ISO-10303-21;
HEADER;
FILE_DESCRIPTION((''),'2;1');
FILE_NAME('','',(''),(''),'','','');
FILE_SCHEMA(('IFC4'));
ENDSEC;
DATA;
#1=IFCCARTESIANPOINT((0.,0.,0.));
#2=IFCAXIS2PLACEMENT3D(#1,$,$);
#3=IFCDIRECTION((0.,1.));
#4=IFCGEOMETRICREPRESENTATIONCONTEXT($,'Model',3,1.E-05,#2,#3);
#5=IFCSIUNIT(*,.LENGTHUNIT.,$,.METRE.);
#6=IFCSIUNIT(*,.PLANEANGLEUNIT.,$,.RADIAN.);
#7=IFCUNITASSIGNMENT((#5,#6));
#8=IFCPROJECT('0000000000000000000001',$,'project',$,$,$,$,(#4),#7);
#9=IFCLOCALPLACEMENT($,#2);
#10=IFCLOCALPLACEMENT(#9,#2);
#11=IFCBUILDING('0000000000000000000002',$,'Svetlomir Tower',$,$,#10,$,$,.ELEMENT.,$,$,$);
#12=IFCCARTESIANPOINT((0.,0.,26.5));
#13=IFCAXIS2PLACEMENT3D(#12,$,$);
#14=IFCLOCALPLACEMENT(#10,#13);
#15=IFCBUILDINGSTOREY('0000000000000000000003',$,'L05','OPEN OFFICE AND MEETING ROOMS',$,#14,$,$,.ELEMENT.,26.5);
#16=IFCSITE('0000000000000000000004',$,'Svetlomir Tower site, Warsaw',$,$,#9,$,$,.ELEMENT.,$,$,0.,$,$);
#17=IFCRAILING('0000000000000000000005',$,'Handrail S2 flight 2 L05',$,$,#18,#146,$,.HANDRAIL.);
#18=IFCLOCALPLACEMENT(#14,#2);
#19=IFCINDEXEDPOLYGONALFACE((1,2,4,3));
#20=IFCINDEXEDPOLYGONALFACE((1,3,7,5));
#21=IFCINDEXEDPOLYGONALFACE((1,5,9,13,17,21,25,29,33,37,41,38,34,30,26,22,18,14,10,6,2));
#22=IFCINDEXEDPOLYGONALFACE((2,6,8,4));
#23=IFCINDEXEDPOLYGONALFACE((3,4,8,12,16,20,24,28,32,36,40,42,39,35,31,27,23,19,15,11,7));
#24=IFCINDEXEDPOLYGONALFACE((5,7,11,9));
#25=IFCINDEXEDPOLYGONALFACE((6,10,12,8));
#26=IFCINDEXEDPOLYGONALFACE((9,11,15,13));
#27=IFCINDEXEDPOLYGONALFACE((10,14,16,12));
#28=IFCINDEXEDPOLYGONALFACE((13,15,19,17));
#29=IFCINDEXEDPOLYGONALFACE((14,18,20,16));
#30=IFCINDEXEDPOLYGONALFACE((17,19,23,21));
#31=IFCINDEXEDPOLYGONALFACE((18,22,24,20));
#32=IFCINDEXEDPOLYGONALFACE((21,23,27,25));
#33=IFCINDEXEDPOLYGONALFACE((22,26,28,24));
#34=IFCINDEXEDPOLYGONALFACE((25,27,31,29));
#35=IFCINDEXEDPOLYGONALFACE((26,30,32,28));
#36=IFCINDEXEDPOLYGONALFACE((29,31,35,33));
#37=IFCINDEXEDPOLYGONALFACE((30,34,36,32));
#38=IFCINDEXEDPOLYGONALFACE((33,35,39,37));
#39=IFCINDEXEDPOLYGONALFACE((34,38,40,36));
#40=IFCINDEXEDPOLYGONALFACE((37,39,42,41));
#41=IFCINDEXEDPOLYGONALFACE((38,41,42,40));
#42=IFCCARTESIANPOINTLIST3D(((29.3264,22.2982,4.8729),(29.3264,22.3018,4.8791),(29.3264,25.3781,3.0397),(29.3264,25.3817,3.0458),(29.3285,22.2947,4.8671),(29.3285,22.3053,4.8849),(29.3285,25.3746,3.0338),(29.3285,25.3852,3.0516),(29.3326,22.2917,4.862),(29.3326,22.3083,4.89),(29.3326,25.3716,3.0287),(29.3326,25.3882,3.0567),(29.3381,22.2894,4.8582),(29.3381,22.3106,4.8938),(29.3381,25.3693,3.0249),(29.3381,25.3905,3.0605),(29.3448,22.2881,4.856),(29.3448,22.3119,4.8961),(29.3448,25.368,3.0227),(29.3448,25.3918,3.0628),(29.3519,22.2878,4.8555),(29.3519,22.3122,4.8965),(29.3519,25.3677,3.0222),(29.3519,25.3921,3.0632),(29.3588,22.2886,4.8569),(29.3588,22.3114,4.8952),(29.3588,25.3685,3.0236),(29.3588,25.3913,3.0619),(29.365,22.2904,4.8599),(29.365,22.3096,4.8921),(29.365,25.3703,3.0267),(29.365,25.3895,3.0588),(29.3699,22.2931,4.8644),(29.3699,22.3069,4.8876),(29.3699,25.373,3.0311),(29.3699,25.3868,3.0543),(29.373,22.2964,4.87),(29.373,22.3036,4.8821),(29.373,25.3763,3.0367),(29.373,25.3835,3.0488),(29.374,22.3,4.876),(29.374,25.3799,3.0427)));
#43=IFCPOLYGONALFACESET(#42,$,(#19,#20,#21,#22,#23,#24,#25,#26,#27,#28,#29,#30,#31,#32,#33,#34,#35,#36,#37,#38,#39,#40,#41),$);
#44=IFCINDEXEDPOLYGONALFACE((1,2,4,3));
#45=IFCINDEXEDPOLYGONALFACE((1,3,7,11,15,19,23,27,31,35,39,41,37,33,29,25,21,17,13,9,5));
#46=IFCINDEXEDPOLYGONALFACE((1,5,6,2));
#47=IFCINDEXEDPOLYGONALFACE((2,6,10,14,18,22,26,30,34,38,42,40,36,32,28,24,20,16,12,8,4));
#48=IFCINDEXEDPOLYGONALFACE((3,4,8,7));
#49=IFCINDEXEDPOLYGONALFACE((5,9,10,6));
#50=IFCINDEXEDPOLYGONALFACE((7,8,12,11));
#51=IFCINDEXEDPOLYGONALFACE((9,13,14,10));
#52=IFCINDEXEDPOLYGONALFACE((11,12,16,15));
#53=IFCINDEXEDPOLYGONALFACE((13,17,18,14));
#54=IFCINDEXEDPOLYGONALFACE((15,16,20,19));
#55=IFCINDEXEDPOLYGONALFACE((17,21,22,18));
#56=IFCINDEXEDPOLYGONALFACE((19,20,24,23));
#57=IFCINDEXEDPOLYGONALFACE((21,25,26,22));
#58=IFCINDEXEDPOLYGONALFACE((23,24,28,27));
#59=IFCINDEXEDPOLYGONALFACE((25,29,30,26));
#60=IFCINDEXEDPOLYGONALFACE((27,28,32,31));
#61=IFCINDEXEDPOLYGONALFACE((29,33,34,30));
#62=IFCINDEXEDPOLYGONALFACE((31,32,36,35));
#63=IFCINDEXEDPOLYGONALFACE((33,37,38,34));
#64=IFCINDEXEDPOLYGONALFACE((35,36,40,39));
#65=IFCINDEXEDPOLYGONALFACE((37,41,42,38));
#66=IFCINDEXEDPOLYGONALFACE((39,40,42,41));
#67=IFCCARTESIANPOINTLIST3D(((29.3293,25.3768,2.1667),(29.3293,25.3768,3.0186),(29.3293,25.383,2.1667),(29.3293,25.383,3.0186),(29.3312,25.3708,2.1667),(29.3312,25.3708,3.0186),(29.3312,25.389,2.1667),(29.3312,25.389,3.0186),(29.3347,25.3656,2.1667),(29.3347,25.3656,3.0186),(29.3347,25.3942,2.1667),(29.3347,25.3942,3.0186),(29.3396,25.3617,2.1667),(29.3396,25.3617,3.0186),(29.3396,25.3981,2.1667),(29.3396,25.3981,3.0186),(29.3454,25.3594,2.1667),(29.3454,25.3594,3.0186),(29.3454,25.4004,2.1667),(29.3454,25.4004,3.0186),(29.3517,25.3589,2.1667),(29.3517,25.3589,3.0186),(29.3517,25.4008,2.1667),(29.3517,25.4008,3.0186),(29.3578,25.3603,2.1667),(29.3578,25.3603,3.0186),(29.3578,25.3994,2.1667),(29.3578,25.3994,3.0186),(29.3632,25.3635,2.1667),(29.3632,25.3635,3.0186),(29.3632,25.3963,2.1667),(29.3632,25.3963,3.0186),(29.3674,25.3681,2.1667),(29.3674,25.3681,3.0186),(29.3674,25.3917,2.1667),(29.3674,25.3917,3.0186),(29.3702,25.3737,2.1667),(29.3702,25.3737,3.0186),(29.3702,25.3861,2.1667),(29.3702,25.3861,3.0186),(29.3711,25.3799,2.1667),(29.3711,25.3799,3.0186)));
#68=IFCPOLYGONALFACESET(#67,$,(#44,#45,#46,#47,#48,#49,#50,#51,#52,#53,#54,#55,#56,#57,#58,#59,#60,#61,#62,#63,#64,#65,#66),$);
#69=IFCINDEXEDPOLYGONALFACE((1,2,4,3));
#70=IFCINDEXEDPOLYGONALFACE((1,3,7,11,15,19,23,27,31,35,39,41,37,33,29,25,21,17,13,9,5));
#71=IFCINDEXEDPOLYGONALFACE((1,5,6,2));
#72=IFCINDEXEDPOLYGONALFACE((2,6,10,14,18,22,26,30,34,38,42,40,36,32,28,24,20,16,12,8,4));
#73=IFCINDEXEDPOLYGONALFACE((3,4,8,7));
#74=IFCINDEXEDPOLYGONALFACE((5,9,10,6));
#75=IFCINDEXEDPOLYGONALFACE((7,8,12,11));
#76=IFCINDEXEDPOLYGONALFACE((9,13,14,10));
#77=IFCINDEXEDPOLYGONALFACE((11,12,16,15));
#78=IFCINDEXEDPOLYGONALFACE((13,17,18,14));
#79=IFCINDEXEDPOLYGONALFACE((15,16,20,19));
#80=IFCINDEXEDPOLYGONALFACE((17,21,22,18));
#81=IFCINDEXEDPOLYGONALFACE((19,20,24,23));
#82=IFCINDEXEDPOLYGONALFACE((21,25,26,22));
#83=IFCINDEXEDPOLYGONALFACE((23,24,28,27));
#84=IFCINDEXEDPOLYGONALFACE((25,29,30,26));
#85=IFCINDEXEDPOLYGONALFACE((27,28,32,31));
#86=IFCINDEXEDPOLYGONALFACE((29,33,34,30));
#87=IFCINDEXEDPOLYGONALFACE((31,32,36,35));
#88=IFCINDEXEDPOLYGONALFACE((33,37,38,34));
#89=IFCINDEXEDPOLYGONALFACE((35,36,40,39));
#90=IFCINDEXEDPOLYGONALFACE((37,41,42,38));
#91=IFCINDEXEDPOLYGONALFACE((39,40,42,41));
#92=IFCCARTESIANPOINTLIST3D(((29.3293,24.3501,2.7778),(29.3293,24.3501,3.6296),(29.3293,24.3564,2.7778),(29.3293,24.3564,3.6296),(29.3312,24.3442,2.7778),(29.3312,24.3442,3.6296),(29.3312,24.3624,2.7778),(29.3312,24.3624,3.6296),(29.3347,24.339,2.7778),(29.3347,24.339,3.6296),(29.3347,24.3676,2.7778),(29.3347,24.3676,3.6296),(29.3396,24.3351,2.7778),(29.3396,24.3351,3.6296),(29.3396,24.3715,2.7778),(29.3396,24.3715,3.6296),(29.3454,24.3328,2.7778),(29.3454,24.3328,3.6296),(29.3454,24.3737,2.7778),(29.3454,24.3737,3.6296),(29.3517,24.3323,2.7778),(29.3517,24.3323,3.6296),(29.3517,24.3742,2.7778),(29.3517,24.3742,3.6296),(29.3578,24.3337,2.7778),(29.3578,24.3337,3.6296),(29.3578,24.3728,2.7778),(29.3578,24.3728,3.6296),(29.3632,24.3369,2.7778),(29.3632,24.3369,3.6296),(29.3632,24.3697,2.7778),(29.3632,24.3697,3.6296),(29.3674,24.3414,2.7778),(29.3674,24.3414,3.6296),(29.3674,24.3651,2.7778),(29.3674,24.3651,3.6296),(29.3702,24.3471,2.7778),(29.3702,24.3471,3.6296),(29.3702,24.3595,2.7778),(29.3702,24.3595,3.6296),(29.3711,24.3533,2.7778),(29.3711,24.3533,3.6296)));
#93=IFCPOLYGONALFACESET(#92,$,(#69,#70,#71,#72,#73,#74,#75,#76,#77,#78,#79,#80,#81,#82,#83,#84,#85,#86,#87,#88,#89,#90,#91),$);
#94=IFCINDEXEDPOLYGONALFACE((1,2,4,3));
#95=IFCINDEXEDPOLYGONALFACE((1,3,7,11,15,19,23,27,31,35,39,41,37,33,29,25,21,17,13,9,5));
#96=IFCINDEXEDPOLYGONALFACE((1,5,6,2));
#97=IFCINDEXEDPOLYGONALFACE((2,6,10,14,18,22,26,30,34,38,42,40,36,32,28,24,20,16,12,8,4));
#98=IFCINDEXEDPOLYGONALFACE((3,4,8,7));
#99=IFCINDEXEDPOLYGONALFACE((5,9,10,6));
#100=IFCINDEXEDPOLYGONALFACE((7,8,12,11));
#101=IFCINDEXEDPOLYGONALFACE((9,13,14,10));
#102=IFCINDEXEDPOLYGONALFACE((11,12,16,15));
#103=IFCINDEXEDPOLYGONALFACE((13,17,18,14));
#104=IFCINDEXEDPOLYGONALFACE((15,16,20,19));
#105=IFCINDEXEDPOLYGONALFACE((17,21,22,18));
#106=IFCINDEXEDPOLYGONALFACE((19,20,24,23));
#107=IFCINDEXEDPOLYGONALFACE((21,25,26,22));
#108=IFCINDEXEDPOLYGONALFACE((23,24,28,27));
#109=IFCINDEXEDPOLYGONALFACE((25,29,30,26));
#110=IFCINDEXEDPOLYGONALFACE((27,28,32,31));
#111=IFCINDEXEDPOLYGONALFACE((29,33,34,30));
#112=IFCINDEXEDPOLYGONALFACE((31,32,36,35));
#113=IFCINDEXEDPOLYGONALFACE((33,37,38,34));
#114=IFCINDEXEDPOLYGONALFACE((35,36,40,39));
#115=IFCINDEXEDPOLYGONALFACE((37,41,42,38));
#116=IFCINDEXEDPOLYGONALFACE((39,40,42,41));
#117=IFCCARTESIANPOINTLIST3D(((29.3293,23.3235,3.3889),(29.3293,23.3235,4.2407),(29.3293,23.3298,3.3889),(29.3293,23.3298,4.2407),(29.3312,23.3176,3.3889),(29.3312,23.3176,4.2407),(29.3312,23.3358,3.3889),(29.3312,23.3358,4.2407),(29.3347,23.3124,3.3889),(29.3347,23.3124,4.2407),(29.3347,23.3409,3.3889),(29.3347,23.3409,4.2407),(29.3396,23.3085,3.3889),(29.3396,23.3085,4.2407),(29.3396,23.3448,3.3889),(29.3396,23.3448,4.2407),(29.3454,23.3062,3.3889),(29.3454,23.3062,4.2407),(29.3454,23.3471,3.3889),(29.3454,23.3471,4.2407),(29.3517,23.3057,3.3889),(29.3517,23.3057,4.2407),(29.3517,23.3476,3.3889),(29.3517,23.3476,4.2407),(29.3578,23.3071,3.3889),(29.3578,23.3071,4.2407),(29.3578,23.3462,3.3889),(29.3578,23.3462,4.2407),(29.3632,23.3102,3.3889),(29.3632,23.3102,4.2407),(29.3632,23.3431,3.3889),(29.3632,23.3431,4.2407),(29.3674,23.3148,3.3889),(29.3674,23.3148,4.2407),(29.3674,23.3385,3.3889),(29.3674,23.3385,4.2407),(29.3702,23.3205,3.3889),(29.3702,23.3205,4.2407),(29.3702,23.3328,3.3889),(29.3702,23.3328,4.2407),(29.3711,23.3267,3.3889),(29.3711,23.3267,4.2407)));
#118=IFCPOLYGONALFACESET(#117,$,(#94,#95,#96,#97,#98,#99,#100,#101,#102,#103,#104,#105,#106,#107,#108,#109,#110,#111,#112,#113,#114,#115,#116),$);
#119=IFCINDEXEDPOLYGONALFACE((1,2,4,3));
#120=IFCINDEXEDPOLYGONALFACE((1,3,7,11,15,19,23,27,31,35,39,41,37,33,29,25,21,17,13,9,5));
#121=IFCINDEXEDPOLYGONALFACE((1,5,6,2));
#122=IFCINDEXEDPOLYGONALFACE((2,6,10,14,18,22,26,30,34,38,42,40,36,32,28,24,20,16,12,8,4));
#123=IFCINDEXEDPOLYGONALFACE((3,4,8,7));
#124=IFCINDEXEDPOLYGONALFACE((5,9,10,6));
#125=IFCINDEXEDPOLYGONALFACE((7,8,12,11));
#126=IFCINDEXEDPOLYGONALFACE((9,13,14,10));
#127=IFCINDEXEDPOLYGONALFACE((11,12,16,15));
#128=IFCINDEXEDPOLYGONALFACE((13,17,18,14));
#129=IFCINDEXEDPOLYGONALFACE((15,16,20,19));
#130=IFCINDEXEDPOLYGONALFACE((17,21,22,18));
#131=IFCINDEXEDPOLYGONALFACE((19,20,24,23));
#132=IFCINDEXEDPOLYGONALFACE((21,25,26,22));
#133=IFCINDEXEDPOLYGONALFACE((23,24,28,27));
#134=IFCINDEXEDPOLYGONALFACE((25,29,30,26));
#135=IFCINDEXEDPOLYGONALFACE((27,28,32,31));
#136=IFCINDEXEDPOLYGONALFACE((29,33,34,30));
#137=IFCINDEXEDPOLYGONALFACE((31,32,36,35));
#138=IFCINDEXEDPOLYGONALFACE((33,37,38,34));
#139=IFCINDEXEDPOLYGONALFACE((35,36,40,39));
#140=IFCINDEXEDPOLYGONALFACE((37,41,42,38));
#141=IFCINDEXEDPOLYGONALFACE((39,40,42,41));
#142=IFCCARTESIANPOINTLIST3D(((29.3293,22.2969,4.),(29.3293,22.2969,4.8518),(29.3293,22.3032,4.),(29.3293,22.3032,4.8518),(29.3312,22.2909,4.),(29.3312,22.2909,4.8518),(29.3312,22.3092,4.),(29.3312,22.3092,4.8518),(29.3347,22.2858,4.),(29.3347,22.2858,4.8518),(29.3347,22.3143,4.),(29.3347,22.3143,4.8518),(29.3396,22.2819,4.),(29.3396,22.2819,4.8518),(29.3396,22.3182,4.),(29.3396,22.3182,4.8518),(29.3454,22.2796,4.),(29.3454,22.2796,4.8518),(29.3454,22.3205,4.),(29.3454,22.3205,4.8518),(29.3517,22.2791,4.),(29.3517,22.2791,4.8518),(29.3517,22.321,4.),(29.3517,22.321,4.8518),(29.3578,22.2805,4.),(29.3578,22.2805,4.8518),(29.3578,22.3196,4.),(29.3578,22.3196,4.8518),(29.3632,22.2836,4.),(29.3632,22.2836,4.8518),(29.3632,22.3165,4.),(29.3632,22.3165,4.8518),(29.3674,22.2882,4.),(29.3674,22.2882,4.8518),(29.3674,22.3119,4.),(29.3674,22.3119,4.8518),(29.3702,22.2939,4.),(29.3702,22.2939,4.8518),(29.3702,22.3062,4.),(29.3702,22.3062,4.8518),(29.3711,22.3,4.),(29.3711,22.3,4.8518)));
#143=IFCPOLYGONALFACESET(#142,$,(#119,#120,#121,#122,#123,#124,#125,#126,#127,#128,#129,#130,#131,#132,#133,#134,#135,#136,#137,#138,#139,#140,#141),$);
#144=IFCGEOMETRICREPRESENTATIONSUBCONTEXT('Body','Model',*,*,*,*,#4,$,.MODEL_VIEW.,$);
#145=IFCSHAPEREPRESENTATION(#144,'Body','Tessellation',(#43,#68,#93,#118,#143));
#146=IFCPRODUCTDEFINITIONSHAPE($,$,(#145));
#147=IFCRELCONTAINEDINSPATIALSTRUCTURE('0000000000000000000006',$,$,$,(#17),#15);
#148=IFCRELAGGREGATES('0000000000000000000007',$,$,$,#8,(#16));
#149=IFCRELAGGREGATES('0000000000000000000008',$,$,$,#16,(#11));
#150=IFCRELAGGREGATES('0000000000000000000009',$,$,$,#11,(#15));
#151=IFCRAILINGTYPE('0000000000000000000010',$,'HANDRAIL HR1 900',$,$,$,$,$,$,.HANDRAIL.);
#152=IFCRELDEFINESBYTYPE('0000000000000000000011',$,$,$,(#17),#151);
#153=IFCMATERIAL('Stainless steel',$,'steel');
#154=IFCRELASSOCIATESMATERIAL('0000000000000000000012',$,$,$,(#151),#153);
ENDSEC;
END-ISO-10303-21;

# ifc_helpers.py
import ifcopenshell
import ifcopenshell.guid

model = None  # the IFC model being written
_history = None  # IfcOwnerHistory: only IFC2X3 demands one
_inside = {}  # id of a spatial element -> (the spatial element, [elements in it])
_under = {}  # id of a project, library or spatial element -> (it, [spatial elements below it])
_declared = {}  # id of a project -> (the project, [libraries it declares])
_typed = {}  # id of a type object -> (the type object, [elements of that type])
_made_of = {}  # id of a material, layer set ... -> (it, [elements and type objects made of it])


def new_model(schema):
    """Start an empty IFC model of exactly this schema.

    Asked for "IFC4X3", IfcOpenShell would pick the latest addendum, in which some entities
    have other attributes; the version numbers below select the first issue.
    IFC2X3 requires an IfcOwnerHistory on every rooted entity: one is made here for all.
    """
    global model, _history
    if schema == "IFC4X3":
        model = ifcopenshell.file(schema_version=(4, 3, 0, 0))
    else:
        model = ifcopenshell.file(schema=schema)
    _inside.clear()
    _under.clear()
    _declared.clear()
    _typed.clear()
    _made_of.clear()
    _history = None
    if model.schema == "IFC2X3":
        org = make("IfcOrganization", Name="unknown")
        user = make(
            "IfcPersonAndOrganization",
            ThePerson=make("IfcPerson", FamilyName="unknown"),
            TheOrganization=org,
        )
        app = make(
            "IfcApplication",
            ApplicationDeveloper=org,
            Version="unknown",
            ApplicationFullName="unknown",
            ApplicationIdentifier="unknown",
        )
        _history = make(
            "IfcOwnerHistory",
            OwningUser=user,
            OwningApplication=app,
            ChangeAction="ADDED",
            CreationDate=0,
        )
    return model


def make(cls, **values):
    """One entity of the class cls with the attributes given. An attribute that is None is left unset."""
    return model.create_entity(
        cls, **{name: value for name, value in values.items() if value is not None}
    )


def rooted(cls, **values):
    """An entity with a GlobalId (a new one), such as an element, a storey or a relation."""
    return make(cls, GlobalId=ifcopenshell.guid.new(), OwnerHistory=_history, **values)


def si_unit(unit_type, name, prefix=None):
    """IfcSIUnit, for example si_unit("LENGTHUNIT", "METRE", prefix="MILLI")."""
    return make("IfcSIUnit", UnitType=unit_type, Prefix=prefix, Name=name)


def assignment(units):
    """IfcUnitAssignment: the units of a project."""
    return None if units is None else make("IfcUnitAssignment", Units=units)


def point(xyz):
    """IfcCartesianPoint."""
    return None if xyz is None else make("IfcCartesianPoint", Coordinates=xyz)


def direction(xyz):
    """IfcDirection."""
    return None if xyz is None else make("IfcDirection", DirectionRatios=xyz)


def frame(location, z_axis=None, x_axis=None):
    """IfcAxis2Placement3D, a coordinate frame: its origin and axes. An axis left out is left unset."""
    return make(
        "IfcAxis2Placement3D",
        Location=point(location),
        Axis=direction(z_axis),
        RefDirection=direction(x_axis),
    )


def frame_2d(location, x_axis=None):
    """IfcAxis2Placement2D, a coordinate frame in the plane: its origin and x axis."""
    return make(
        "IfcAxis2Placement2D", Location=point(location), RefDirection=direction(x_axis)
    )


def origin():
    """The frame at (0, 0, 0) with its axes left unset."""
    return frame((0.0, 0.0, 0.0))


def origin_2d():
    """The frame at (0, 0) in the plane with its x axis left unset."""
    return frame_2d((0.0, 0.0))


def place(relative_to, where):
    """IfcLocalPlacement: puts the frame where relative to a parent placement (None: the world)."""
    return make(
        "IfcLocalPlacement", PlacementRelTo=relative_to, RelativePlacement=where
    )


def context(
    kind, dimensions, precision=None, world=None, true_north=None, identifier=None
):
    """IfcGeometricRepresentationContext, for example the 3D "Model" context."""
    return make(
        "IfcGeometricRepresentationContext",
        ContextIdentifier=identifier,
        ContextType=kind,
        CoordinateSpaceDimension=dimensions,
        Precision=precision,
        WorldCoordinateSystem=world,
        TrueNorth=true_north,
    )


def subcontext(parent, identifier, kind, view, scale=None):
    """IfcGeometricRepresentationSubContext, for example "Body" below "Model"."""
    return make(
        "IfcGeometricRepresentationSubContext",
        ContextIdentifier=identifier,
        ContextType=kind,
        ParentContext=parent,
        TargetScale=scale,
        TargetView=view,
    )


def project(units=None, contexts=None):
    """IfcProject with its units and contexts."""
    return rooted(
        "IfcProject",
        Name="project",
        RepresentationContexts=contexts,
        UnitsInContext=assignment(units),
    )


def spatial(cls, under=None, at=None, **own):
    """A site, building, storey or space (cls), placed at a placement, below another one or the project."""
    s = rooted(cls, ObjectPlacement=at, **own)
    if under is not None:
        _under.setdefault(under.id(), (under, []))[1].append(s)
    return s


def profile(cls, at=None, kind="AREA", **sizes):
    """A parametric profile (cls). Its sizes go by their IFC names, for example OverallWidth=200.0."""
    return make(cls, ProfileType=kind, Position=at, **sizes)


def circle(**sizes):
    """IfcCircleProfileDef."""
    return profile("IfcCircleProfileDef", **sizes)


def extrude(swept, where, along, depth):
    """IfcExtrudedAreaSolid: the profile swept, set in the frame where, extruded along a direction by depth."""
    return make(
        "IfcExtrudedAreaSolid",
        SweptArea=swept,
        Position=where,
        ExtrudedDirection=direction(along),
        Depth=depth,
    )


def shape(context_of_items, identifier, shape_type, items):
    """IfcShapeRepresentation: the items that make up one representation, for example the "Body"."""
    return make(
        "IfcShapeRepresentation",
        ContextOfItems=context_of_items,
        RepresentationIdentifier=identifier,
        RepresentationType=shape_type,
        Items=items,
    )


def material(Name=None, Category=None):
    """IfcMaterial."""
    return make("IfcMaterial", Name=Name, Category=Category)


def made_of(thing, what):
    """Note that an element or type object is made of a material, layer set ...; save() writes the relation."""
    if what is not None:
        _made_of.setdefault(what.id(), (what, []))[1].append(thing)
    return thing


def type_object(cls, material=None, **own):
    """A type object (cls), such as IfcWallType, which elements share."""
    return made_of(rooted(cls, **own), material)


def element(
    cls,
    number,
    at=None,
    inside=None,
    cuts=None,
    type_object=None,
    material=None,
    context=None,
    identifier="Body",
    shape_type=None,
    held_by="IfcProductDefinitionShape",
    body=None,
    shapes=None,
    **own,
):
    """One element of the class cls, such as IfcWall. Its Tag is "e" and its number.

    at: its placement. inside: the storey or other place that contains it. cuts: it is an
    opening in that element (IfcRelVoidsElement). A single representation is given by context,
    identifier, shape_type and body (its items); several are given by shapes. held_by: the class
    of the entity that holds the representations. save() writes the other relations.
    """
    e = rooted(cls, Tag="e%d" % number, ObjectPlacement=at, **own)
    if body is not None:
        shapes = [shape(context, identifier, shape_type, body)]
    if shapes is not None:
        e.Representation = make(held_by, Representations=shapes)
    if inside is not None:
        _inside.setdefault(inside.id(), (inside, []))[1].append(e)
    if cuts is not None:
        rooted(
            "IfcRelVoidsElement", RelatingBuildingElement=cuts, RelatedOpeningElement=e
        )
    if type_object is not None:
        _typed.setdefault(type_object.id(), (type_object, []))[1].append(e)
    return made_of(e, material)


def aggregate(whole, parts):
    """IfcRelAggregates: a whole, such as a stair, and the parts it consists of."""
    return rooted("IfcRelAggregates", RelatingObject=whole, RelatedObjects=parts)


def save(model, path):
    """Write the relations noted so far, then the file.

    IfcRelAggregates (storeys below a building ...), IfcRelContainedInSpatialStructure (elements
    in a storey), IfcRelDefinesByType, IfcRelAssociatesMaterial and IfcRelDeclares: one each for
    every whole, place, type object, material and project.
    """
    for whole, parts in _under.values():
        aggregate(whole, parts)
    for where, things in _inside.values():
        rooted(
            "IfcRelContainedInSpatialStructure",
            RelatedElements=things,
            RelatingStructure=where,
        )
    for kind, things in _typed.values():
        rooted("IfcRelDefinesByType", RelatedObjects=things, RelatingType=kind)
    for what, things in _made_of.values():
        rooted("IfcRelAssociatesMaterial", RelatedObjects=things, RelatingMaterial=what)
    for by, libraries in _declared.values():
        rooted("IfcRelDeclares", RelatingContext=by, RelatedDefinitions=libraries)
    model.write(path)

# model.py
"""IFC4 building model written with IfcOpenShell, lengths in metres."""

from ifc_helpers import new_model, si_unit, direction, frame, origin, origin_2d, place, context, subcontext, project, spatial, circle, extrude, material, type_object, element, save


model = new_model("IFC4")

# Units and contexts
model_context = context("Model", 3, precision=1e-05, world=origin(), true_north=direction((0.0, 1.0)))
body_context = subcontext(model_context, "Body", "Model", "MODEL_VIEW")
ifc_project = project(units=[si_unit("LENGTHUNIT", "METRE"), si_unit("PLANEANGLEUNIT", "RADIAN")], contexts=[model_context])

# Site, building, storey
site_placement = place(None, origin())
site = spatial("IfcSite", under=ifc_project, at=site_placement, Name="Svetlomir Tower site, Warsaw", CompositionType="ELEMENT", RefElevation=0.0)
building_placement = place(site_placement, origin())
building = spatial("IfcBuilding", under=site, at=building_placement, Name="Svetlomir Tower", CompositionType="ELEMENT")
storey_placement = place(building_placement, frame((0.0, 0.0, 26.5)))
storey = spatial("IfcBuildingStorey", under=building, at=storey_placement, Name="L05", Description="OPEN OFFICE AND MEETING ROOMS", CompositionType="ELEMENT", Elevation=26.5)

# Railing
ifc_material_1 = material(Name="Stainless steel", Category="steel")
railing_type = type_object("IfcRailingType", Name="HANDRAIL HR1 900", PredefinedType="HANDRAIL", material=ifc_material_1)
railing_1_placement = place(storey_placement, frame((29.3501, 25.3799, 2.1667)))
element("IfcRailing", 1, at=railing_1_placement, inside=storey, type_object=railing_type, Name="Handrail S2 flight 2 L05", PredefinedType="HANDRAIL", context=body_context, shape_type="SweptSolid", body=[
    extrude(circle(Radius=0.0239, at=origin_2d()), frame((0.0, 0.0, 0.876), z_axis=(0.0, -0.859291, 0.511487), x_axis=(1.0, 0.0, 0.0)), (0.0, 0.0, 1.0), 3.5842),
    extrude(circle(Radius=0.021, at=origin_2d()), origin(), (0.0, 0.0, 1.0), 0.8518),
    extrude(circle(Radius=0.021, at=origin_2d()), frame((0.0, -1.0266, 0.6111)), (0.0, 0.0, 1.0), 0.8518),
    extrude(circle(Radius=0.021, at=origin_2d()), frame((0.0, -2.0532, 1.2222)), (0.0, 0.0, 1.0), 0.8518),
    extrude(circle(Radius=0.021, at=origin_2d()), frame((0.0, -3.0798, 1.8333)), (0.0, 0.0, 1.0), 0.8518),
])

save(model, "model.ifc")
